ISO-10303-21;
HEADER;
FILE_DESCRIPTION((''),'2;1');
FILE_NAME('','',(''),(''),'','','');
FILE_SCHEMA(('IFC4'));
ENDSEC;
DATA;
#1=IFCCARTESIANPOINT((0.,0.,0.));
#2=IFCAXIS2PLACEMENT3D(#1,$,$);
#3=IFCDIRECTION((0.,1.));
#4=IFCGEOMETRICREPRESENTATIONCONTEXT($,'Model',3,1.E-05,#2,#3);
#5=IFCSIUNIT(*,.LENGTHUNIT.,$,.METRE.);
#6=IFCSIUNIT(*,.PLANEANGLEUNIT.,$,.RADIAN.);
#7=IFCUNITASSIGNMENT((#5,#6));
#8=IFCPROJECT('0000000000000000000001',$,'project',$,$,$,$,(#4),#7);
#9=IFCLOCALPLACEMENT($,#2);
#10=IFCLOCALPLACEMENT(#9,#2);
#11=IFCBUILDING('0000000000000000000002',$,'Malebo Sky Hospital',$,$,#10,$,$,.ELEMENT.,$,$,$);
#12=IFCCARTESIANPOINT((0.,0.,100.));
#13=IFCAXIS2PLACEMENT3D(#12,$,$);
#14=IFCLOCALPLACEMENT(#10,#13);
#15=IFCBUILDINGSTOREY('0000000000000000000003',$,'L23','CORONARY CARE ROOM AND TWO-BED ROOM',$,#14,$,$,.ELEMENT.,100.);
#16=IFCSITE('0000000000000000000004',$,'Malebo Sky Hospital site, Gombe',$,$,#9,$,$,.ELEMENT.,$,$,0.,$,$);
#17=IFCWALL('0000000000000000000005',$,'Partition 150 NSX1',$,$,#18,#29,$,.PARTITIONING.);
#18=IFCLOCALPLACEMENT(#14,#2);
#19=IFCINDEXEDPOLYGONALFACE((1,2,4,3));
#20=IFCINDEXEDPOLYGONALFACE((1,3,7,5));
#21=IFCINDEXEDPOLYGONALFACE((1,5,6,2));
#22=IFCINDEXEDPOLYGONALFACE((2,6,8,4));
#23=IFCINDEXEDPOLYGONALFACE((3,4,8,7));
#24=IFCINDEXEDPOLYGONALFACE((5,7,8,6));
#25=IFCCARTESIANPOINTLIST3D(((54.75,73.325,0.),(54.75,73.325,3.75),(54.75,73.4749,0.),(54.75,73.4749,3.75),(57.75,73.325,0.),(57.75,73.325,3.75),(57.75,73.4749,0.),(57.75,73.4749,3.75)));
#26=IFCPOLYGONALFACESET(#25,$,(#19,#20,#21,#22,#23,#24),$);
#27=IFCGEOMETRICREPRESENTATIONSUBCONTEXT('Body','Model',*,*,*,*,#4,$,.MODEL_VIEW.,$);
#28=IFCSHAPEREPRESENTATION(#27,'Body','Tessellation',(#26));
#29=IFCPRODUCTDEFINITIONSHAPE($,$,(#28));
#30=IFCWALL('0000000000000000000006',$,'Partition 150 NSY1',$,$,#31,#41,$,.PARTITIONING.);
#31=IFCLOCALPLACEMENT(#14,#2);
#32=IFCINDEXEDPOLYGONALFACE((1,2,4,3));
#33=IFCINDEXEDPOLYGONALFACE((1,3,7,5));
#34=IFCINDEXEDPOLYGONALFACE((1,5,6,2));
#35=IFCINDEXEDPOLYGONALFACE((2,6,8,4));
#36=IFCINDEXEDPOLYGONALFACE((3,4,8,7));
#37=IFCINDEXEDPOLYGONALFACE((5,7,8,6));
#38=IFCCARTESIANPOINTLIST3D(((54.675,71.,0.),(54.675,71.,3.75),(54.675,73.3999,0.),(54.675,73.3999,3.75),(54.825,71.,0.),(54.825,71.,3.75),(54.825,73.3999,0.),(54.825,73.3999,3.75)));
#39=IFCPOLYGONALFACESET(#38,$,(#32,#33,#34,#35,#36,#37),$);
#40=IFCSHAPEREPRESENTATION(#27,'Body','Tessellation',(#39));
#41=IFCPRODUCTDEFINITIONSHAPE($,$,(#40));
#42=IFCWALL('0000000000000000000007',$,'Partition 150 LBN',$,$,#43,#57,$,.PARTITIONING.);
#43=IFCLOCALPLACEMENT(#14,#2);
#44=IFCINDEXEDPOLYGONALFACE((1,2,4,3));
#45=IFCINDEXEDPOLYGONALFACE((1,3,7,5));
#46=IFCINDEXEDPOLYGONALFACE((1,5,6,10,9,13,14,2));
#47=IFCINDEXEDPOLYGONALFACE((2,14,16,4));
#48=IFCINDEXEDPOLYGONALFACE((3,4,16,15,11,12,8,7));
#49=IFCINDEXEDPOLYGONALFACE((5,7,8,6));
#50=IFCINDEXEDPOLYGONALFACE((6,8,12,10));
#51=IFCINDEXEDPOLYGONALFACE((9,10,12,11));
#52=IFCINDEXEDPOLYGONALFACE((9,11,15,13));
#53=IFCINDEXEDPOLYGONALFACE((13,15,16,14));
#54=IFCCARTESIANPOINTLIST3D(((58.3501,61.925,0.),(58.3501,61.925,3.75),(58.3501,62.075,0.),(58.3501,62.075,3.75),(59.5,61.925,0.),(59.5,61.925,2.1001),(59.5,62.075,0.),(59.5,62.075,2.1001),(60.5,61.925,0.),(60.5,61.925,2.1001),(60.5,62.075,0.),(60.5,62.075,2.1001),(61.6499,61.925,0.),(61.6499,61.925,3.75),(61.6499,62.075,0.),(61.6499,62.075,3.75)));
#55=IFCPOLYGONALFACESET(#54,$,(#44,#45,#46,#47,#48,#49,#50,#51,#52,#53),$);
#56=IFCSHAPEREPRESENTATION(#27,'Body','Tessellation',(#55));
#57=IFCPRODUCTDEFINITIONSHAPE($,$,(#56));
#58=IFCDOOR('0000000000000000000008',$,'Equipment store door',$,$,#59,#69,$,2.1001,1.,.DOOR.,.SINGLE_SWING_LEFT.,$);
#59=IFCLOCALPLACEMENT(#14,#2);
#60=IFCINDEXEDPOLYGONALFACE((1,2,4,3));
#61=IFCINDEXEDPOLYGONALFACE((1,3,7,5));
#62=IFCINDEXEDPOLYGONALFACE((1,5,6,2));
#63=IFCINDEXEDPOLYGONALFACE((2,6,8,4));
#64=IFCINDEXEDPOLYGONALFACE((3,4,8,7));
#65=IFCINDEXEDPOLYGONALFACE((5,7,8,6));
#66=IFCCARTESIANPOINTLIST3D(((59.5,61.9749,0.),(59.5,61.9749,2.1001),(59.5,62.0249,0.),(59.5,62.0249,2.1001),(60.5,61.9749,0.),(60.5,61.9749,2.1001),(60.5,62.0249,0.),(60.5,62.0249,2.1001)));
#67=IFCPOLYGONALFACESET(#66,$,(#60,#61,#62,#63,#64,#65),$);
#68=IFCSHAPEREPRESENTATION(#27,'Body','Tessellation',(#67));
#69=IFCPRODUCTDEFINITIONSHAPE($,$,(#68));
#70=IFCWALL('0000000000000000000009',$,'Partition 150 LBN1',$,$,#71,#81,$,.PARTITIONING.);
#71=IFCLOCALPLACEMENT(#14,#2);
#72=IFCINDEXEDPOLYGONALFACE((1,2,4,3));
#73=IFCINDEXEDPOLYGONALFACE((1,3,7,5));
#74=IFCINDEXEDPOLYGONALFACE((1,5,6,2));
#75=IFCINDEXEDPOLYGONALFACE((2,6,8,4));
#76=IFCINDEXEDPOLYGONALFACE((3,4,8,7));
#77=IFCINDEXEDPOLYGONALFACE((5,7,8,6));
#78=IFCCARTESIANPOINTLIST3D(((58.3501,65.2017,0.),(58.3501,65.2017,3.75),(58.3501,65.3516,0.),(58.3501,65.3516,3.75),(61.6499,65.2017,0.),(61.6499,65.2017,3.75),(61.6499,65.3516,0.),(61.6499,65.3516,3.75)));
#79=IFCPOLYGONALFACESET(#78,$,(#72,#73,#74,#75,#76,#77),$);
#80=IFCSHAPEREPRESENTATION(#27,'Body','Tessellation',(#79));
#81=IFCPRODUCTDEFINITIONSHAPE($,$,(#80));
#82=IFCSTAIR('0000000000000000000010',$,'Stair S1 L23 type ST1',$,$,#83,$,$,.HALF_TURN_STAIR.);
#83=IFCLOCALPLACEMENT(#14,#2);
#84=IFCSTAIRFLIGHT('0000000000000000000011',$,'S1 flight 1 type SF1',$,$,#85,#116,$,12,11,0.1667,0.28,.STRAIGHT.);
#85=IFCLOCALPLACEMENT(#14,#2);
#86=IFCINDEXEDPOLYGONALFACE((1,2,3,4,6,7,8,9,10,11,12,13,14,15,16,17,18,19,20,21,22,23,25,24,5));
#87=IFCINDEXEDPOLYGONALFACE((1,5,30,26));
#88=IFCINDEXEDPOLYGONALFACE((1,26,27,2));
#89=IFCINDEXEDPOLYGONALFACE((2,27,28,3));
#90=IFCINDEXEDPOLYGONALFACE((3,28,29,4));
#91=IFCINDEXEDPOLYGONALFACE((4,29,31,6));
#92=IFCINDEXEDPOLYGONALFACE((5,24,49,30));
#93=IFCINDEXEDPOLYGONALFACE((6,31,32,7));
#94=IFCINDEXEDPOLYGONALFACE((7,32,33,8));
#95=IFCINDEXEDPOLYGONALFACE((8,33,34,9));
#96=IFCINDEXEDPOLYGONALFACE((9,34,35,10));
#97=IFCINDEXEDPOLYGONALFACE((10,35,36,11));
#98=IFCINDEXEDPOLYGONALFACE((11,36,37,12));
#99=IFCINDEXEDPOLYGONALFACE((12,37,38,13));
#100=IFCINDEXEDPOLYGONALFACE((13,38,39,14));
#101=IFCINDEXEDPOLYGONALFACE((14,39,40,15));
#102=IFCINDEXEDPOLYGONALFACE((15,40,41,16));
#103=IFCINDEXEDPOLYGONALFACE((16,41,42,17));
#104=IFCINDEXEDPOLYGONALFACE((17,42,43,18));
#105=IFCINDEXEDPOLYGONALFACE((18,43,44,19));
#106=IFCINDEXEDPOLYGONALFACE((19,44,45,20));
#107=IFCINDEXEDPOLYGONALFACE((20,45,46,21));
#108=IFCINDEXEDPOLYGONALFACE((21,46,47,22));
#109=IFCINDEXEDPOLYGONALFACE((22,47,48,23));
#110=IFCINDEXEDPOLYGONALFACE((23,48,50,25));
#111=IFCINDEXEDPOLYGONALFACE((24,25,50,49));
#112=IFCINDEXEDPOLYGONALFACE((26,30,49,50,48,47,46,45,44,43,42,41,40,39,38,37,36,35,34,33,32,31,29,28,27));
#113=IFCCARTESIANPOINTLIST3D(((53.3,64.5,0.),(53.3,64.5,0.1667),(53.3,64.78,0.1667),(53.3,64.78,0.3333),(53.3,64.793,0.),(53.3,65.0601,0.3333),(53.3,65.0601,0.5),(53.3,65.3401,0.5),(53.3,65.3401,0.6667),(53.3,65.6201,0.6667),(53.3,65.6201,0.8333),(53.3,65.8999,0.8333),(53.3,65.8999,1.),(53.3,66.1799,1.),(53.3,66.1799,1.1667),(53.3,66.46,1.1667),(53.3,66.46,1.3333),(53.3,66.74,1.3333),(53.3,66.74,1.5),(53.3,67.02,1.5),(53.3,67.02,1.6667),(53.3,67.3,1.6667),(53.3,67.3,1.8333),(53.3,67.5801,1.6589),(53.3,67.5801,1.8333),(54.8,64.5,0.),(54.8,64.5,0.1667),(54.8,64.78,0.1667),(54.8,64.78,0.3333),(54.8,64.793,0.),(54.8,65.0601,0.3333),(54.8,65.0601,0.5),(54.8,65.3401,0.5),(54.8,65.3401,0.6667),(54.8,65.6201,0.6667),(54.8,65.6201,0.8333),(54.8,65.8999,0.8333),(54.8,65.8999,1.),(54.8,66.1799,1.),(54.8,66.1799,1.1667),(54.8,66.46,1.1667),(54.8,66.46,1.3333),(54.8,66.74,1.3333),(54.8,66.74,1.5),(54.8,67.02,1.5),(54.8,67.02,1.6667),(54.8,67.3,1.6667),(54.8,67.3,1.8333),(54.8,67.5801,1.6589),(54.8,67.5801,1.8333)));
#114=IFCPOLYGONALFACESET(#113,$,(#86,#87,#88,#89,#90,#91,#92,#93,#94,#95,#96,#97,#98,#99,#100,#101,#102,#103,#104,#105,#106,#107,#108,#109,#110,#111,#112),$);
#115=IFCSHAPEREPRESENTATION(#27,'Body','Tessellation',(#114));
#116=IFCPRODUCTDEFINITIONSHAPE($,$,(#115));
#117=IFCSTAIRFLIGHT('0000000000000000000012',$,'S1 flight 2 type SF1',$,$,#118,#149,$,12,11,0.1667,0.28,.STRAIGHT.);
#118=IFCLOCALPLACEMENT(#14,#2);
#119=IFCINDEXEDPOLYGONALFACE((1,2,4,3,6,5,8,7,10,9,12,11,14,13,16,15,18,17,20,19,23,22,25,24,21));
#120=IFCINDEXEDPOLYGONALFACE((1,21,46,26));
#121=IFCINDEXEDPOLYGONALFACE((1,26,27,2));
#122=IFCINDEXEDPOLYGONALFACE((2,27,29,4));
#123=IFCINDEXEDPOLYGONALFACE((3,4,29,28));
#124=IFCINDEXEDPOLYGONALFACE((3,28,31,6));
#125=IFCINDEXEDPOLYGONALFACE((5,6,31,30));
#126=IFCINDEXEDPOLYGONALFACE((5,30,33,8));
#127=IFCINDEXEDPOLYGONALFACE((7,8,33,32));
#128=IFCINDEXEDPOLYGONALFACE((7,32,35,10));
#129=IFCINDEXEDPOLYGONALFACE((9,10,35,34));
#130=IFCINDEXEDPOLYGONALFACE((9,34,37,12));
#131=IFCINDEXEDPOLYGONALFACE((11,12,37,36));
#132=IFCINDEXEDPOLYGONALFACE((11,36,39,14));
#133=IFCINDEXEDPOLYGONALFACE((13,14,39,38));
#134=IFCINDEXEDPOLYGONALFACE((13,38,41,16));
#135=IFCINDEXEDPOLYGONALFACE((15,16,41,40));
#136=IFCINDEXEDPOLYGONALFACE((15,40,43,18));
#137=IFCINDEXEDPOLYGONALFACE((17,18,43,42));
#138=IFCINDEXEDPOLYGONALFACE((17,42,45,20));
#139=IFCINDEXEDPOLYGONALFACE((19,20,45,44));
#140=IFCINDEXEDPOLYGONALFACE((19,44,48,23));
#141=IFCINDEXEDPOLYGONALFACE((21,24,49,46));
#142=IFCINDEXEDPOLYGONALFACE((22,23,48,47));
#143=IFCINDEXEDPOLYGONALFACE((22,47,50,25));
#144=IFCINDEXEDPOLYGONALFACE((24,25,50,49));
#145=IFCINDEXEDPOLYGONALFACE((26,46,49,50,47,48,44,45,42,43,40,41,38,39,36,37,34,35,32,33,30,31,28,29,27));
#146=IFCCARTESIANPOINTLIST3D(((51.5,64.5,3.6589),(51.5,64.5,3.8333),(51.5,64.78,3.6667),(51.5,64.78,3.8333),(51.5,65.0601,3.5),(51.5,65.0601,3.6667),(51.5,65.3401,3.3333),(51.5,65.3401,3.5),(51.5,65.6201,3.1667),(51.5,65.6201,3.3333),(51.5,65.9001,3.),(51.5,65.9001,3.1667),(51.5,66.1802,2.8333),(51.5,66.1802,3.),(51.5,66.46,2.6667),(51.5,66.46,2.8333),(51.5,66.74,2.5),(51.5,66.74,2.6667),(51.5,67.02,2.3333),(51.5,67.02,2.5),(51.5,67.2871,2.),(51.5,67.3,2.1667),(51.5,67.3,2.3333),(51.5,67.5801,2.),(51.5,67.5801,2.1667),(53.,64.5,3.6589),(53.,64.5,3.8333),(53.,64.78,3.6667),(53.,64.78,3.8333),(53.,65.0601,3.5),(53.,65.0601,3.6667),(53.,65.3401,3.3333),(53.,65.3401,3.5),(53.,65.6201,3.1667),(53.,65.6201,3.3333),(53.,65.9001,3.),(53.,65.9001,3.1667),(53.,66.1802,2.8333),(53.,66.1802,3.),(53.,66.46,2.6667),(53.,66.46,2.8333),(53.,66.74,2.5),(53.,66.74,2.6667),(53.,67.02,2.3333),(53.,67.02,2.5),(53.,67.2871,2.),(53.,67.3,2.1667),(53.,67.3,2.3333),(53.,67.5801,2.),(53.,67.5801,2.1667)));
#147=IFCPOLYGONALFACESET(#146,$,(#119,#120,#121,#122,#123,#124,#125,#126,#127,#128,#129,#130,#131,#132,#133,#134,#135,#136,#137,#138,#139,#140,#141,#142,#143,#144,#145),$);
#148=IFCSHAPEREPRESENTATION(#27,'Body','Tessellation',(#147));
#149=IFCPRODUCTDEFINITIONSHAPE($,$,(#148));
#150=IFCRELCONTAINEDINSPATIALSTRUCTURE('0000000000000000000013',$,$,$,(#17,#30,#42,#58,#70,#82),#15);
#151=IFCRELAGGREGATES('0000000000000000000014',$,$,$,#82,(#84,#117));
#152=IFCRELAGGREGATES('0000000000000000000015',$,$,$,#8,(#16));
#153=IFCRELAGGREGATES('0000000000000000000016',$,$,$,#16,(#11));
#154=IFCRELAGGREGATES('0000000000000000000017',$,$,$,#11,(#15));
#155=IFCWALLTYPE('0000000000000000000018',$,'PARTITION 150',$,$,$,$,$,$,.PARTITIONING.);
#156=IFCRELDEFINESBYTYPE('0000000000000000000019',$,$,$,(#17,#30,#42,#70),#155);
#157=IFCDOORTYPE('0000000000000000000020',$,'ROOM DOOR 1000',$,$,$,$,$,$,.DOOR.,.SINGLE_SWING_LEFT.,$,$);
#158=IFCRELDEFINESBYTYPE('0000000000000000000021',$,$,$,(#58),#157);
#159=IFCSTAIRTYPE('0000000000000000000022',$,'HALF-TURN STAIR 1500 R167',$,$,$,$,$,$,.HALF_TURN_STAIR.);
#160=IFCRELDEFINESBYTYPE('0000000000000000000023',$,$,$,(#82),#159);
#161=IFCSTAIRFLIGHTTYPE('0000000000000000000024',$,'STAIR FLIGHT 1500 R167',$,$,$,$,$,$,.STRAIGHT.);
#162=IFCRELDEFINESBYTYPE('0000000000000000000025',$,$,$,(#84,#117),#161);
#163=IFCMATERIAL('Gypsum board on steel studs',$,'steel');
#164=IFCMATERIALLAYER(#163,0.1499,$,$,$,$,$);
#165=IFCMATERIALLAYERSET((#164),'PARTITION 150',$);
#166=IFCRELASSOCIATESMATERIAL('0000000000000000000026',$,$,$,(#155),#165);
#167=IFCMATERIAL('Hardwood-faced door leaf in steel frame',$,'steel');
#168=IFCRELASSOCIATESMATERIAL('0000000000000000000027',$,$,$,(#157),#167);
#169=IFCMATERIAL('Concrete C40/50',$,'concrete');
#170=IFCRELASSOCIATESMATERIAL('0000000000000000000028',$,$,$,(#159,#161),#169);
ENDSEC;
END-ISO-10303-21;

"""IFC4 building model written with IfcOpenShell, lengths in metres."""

from ifc_helpers import new_model, si_unit, direction, frame, frame_2d, origin, place, context, subcontext, project, spatial, polyline, rectangle, outline, extrude, material, layer, layer_set, type_object, element, fill, aggregate, save


model = new_model("IFC4")

# Units and contexts
model_context = context("Model", 3, precision=1e-05, world=origin(), true_north=direction((0.0, 1.0)))
body_context = subcontext(model_context, "Body", "Model", "MODEL_VIEW")
ifc_project = project(units=[si_unit("LENGTHUNIT", "METRE"), si_unit("PLANEANGLEUNIT", "RADIAN")], contexts=[model_context])

# Site, building, storey
site_placement = place(None, origin())
site = spatial("IfcSite", under=ifc_project, at=site_placement, Name="Malebo Sky Hospital site, Gombe", CompositionType="ELEMENT", RefElevation=0.0)
building_placement = place(site_placement, origin())
building = spatial("IfcBuilding", under=site, at=building_placement, Name="Malebo Sky Hospital", CompositionType="ELEMENT")
storey_placement = place(building_placement, frame((0.0, 0.0, 100.0)))
storey = spatial("IfcBuildingStorey", under=building, at=storey_placement, Name="L23", Description="CORONARY CARE ROOM AND TWO-BED ROOM", CompositionType="ELEMENT", Elevation=100.0)

# Shared definitions
ifc_material_1 = material(Name="Hardwood-faced door leaf in steel frame", Category="steel")
ifc_material_2 = material(Name="Gypsum board on steel studs", Category="steel")
ifc_layer_1 = layer(ifc_material_2, 0.1499)
ifc_layer_set_1 = layer_set([ifc_layer_1], Name="PARTITION 150")
wall_type_1 = type_object("IfcWallType", Name="PARTITION 150", PredefinedType="PARTITIONING", material=ifc_layer_set_1)

# Walls
wall_1_placement = place(storey_placement, frame((54.75, 73.3999, 0.0), z_axis=(0.0, 0.0, 1.0), x_axis=(1.0, 0.0, 0.0)))
element("IfcWall", 1, at=wall_1_placement, inside=storey, type_object=wall_type_1, Name="Partition 150 NSX1", PredefinedType="PARTITIONING", context=body_context, shape_type="SweptSolid", body=[
    extrude(rectangle(XDim=3.0, YDim=0.1499, at=frame_2d((1.5, 0.0))), origin(), (0.0, 0.0, 1.0), 3.75),
])
wall_2_placement = place(storey_placement, frame((54.75, 71.0, 0.0), z_axis=(0.0, 0.0, 1.0), x_axis=(0.0, 1.0, 0.0)))
element("IfcWall", 2, at=wall_2_placement, inside=storey, type_object=wall_type_1, Name="Partition 150 NSY1", PredefinedType="PARTITIONING", context=body_context, shape_type="SweptSolid", body=[
    extrude(rectangle(XDim=2.3999, YDim=0.1499, at=frame_2d((1.2, 0.0))), origin(), (0.0, 0.0, 1.0), 3.75),
])

# Wall, opening, door
wall_3_placement = place(storey_placement, frame((58.3501, 62.0, 0.0), z_axis=(0.0, 0.0, 1.0), x_axis=(1.0, 0.0, 0.0)))
wall_3 = element("IfcWall", 3, at=wall_3_placement, inside=storey, type_object=wall_type_1, Name="Partition 150 LBN", PredefinedType="PARTITIONING", context=body_context, shape_type="SweptSolid", body=[
    extrude(rectangle(XDim=3.2998, YDim=0.1499, at=frame_2d((1.6499, 0.0))), origin(), (0.0, 0.0, 1.0), 3.75),
])
opening_1_placement = place(wall_3_placement, frame((1.1499, 0.0, 0.0)))
opening_1 = element("IfcOpeningElement", 4, at=opening_1_placement, cuts=wall_3, PredefinedType="OPENING", context=body_context, shape_type="SweptSolid", body=[
    extrude(rectangle(XDim=1.0, YDim=2.1001, at=frame_2d((0.5, 1.05))), frame((0.0, 0.085, 0.0), z_axis=(0.0, -1.0, 0.0), x_axis=(1.0, 0.0, 0.0)), (0.0, 0.0, 1.0), 0.1699),
])
door_type_1 = type_object("IfcDoorType", Name="ROOM DOOR 1000", OperationType="SINGLE_SWING_LEFT", PredefinedType="DOOR", material=ifc_material_1)
door_1_placement = place(opening_1_placement, origin())
door_1 = element("IfcDoor", 5, at=door_1_placement, inside=storey, type_object=door_type_1, Name="Equipment store door", OperationType="SINGLE_SWING_LEFT", OverallHeight=2.1001, OverallWidth=1.0, PredefinedType="DOOR", context=body_context, shape_type="SweptSolid", body=[
    extrude(rectangle(XDim=1.0, YDim=2.1001, at=frame_2d((0.5, 1.05))), frame((0.0, 0.0249, 0.0), z_axis=(0.0, -1.0, 0.0), x_axis=(1.0, 0.0, 0.0)), (0.0, 0.0, 1.0), 0.05),
])
fill(opening_1, door_1)

# Wall
wall_4_placement = place(storey_placement, frame((58.3501, 65.2766, 0.0), z_axis=(0.0, 0.0, 1.0), x_axis=(1.0, 0.0, 0.0)))
element("IfcWall", 6, at=wall_4_placement, inside=storey, type_object=wall_type_1, Name="Partition 150 LBN1", PredefinedType="PARTITIONING", context=body_context, shape_type="SweptSolid", body=[
    extrude(rectangle(XDim=3.2998, YDim=0.1499, at=frame_2d((1.6499, 0.0))), origin(), (0.0, 0.0, 1.0), 3.75),
])

# Stair, stair flights
ifc_material_3 = material(Name="Concrete C40/50", Category="concrete")
stair_type = type_object("IfcStairType", Name="HALF-TURN STAIR 1500 R167", PredefinedType="HALF_TURN_STAIR", material=ifc_material_3)
stair_placement = place(storey_placement, origin())
stair = element("IfcStair", 7, at=stair_placement, inside=storey, type_object=stair_type, Name="Stair S1 L23 type ST1", PredefinedType="HALF_TURN_STAIR")
stair_flight_type = type_object("IfcStairFlightType", Name="STAIR FLIGHT 1500 R167", PredefinedType="STRAIGHT", material=ifc_material_3)
stair_flight_1_placement = place(storey_placement, frame((54.05, 64.5, 0.0), z_axis=(0.0, 0.0, 1.0), x_axis=(0.0, 1.0, 0.0)))
stair_flight_1 = element("IfcStairFlight", 8, at=stair_flight_1_placement, type_object=stair_flight_type, Name="S1 flight 1 type SF1", NumberOfRisers=12, NumberOfTreads=11, PredefinedType="STRAIGHT", RiserHeight=0.1667, TreadLength=0.28, context=body_context, shape_type="SweptSolid", body=[
    extrude(outline(polyline([(0.0, 0.0), (0.0, 0.1667), (0.28, 0.1667), (0.28, 0.3333), (0.5601, 0.3333), (0.5601, 0.5), (0.8401, 0.5), (0.8401, 0.6667), (1.1201, 0.6667), (1.1201, 0.8333), (1.3999, 0.8333), (1.3999, 1.0), (1.6799, 1.0), (1.6799, 1.1667), (1.96, 1.1667), (1.96, 1.3333), (2.24, 1.3333), (2.24, 1.5), (2.52, 1.5), (2.52, 1.6667), (2.8, 1.6667), (2.8, 1.8333), (3.0801, 1.8333), (3.0801, 2.0), (3.0801, 1.6589), (0.293, 0.0), (0.0, 0.0)])), frame((0.0, 0.75, 0.0), z_axis=(0.0, -1.0, 0.0), x_axis=(1.0, 0.0, 0.0)), (0.0, 0.0, 1.0), 1.5),
])
stair_flight_2_placement = place(storey_placement, frame((52.25, 67.5801, 2.0), z_axis=(0.0, 0.0, 1.0), x_axis=(0.0, -1.0, 0.0)))
stair_flight_2 = element("IfcStairFlight", 9, at=stair_flight_2_placement, type_object=stair_flight_type, Name="S1 flight 2 type SF1", NumberOfRisers=12, NumberOfTreads=11, PredefinedType="STRAIGHT", RiserHeight=0.1667, TreadLength=0.28, context=body_context, shape_type="SweptSolid", body=[
    extrude(outline(polyline([(0.0, 0.0), (0.0, 0.1667), (0.28, 0.1667), (0.28, 0.3333), (0.5601, 0.3333), (0.5601, 0.5), (0.8401, 0.5), (0.8401, 0.6667), (1.1201, 0.6667), (1.1201, 0.8333), (1.3999, 0.8333), (1.3999, 1.0), (1.6799, 1.0), (1.6799, 1.1667), (1.96, 1.1667), (1.96, 1.3333), (2.24, 1.3333), (2.24, 1.5), (2.52, 1.5), (2.52, 1.6667), (2.8, 1.6667), (2.8, 1.8333), (3.0801, 1.8333), (3.0801, 2.0), (3.0801, 1.6589), (0.293, 0.0), (0.0, 0.0)])), frame((0.0, 0.75, 0.0), z_axis=(0.0, -1.0, 0.0), x_axis=(1.0, 0.0, 0.0)), (0.0, 0.0, 1.0), 1.5),
])
aggregate(stair, [stair_flight_1, stair_flight_2])

save(model, "model.ifc")
